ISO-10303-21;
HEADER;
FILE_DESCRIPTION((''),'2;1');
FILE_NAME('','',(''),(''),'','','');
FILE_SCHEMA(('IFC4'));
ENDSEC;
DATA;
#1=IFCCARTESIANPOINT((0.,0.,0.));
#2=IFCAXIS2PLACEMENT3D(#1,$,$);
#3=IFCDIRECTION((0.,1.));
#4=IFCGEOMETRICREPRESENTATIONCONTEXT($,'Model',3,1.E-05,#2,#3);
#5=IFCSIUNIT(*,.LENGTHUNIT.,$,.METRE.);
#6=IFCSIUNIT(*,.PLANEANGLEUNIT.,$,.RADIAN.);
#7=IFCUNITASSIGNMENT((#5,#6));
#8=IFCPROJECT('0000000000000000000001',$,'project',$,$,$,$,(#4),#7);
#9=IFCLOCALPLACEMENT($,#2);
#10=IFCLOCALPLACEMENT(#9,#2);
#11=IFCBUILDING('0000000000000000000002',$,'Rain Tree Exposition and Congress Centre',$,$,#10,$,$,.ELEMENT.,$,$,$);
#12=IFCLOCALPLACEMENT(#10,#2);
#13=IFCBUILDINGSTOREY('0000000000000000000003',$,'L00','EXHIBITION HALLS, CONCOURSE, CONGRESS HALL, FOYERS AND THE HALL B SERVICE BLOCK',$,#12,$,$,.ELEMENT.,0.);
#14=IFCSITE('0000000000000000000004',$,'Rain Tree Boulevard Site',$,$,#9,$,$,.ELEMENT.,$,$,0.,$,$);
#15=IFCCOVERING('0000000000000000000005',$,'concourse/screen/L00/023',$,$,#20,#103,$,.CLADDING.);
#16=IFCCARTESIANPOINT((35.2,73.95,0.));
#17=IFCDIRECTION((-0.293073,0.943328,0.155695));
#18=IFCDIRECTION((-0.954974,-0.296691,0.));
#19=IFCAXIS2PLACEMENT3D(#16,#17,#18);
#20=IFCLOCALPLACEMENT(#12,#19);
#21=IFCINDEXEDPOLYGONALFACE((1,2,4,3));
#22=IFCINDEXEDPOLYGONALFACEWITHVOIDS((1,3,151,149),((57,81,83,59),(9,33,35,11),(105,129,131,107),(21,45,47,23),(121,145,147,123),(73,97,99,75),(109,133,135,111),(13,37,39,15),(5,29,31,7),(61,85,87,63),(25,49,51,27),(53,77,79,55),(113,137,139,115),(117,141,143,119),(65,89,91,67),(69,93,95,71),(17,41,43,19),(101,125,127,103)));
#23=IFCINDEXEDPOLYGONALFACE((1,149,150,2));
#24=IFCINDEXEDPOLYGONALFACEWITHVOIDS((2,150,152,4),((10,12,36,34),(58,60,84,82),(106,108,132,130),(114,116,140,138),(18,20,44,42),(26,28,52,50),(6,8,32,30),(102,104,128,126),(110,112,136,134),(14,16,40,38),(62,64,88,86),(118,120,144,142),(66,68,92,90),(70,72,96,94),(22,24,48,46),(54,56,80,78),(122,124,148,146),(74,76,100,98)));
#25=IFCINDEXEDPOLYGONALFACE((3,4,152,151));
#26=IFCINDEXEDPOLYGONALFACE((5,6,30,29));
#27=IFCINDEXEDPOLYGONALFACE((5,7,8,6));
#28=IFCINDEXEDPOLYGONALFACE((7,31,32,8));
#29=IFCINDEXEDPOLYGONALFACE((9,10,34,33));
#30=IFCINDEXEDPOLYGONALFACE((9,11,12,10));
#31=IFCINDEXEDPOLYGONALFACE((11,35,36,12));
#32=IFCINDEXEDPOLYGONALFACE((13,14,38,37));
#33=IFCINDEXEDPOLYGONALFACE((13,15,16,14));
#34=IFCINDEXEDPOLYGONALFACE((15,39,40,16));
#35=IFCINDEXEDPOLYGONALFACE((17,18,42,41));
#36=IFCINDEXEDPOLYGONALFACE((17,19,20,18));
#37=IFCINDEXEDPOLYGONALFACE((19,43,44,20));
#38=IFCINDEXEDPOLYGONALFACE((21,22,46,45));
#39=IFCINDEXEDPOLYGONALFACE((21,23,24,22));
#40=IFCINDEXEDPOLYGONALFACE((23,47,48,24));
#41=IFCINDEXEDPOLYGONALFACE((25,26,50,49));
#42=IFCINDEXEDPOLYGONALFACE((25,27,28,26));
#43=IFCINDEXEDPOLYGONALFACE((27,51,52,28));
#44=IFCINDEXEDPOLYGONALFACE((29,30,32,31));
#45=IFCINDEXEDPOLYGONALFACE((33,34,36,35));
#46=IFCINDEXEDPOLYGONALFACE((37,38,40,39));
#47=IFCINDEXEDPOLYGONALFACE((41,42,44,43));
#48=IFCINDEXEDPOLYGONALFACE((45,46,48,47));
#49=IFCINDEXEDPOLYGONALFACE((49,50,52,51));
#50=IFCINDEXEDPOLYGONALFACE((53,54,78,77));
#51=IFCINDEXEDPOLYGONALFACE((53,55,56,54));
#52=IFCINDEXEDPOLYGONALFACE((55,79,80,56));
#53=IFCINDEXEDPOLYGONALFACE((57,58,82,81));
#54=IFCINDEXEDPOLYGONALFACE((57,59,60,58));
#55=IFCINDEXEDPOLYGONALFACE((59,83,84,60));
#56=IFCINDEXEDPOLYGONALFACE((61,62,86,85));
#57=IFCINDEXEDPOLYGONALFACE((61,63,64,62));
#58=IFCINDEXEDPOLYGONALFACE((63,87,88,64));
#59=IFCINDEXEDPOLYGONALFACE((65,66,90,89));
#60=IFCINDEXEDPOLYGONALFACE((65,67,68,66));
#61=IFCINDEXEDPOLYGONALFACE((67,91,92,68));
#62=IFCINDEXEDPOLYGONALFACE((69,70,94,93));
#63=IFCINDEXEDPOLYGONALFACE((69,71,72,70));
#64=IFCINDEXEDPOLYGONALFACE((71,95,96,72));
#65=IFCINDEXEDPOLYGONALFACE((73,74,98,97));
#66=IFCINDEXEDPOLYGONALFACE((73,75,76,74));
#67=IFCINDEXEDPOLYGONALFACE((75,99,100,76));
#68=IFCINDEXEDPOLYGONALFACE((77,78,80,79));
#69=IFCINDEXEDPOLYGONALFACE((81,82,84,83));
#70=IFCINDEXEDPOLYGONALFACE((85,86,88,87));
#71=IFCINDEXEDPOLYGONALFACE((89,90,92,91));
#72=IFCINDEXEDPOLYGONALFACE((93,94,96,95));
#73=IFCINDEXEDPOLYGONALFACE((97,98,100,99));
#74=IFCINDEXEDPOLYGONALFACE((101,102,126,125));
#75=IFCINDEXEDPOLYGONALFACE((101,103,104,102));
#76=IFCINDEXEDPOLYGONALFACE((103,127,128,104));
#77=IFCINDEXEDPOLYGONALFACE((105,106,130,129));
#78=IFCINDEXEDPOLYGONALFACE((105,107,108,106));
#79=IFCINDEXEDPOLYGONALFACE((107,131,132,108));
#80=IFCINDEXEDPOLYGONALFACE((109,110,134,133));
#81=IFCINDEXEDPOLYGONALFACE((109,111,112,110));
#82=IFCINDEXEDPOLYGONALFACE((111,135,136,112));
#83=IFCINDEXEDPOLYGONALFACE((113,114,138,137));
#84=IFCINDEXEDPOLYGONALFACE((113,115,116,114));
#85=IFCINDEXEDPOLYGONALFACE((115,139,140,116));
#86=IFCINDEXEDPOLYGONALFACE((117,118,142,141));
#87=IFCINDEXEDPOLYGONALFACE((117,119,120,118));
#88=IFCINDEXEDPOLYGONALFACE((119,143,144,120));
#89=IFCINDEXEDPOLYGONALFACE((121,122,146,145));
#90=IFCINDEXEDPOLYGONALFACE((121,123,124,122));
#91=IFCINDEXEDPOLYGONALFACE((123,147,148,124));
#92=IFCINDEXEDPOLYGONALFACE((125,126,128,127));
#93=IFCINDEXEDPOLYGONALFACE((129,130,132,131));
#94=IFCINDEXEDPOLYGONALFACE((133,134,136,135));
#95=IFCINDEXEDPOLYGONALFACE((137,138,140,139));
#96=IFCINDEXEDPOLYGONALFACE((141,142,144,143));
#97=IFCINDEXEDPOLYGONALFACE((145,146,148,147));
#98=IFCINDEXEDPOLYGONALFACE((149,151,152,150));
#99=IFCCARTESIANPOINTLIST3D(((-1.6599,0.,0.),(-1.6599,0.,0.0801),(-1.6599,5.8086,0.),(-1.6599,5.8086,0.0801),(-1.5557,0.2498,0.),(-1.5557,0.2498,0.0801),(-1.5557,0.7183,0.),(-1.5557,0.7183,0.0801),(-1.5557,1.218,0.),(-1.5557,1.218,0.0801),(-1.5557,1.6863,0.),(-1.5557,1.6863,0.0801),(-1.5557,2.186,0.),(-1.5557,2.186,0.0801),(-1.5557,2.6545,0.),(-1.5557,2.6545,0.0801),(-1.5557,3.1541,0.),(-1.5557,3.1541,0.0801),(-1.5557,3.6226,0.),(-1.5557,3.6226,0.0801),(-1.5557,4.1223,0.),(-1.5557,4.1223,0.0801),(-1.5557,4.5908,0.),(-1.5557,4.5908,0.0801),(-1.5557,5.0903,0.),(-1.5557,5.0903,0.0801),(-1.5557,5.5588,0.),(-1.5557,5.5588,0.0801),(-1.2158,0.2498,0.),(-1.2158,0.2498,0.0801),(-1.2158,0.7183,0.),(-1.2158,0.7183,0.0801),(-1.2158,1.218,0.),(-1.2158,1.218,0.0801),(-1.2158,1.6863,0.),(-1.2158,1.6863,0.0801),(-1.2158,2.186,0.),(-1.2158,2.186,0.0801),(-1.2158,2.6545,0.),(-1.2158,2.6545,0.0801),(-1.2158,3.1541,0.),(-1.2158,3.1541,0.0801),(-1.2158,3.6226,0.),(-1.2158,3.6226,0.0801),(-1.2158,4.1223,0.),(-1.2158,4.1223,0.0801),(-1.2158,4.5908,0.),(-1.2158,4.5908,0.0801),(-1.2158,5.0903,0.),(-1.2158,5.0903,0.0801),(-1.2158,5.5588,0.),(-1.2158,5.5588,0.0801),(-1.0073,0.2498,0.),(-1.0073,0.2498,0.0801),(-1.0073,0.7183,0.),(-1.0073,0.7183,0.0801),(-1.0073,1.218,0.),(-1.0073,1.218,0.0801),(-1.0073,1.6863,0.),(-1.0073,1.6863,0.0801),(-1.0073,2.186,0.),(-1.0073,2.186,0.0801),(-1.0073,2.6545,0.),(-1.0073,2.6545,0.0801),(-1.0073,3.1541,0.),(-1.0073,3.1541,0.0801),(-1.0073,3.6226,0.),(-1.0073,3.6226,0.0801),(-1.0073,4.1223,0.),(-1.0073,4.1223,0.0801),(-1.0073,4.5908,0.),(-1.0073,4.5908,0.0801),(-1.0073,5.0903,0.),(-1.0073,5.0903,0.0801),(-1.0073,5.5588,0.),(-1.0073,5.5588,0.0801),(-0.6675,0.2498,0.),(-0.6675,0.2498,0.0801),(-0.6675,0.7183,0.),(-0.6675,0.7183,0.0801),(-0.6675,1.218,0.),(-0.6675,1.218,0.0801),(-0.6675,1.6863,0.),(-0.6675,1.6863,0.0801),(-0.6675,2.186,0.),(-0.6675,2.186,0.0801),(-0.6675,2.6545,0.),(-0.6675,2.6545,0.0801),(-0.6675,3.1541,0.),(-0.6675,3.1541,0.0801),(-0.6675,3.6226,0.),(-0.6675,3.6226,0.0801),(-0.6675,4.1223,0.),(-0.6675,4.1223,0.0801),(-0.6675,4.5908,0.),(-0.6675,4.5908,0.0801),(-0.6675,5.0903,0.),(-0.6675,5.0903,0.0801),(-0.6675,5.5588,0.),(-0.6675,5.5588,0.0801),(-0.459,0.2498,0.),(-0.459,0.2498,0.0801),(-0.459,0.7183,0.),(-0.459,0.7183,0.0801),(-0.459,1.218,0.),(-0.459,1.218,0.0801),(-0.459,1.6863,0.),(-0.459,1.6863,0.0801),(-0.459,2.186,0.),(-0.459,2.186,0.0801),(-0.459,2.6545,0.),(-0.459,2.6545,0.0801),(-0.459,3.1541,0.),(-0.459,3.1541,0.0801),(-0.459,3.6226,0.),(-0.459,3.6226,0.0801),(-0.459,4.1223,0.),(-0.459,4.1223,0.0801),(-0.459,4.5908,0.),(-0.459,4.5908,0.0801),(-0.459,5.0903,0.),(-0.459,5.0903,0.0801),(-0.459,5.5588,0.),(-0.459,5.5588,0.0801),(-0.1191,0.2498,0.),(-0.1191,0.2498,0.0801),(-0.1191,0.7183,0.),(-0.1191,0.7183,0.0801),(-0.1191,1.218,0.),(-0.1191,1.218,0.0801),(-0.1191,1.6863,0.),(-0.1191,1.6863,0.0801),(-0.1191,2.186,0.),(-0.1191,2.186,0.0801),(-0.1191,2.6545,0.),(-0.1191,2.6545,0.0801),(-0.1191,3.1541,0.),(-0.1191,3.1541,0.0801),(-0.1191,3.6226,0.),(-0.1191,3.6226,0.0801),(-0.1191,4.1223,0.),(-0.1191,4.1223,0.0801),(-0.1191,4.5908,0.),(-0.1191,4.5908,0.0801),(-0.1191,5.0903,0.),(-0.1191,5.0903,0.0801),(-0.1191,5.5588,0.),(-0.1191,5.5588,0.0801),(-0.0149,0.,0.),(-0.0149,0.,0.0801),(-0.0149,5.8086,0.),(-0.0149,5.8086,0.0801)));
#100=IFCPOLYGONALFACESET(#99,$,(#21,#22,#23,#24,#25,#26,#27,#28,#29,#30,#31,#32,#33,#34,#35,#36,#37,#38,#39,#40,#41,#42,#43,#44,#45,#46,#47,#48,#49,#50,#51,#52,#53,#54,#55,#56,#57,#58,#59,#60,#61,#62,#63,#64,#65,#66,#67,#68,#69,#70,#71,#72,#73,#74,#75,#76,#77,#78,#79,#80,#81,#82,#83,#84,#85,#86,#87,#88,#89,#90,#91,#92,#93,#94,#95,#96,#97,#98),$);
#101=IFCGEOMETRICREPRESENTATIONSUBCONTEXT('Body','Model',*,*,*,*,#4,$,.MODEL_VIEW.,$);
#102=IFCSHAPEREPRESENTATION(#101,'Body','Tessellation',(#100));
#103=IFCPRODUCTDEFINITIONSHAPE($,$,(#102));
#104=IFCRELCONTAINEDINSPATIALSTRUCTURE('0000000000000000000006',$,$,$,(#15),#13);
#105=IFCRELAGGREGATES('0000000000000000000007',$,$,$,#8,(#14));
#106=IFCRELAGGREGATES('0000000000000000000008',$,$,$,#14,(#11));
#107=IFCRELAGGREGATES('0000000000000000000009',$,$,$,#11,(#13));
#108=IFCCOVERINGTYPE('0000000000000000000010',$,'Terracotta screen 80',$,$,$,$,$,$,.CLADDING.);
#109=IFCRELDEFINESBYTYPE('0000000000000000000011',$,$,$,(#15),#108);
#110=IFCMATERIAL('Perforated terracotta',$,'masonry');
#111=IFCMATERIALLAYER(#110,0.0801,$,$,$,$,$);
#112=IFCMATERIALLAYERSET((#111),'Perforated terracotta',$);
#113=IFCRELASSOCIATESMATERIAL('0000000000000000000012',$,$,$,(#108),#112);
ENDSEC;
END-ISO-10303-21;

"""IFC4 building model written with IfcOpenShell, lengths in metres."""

from ifc_helpers import new_model, si_unit, direction, frame, origin, place, context, subcontext, project, spatial, polyline, outline, extrude, material, layer, layer_set, type_object, element, save


model = new_model("IFC4")

# Units and contexts
model_context = context("Model", 3, precision=1e-05, world=origin(), true_north=direction((0.0, 1.0)))
body_context = subcontext(model_context, "Body", "Model", "MODEL_VIEW")
ifc_project = project(units=[si_unit("LENGTHUNIT", "METRE"), si_unit("PLANEANGLEUNIT", "RADIAN")], contexts=[model_context])

# Site, building, storey
site_placement = place(None, origin())
site = spatial("IfcSite", under=ifc_project, at=site_placement, Name="Rain Tree Boulevard Site", CompositionType="ELEMENT", RefElevation=0.0)
building_placement = place(site_placement, origin())
building = spatial("IfcBuilding", under=site, at=building_placement, Name="Rain Tree Exposition and Congress Centre", CompositionType="ELEMENT")
storey_placement = place(building_placement, origin())
storey = spatial("IfcBuildingStorey", under=building, at=storey_placement, Name="L00", Description="EXHIBITION HALLS, CONCOURSE, CONGRESS HALL, FOYERS AND THE HALL B SERVICE BLOCK", CompositionType="ELEMENT", Elevation=0.0)

# Covering
ifc_material_1 = material(Name="Perforated terracotta", Category="masonry")
ifc_layer_1 = layer(ifc_material_1, 0.0801)
ifc_layer_set_1 = layer_set([ifc_layer_1], Name="Perforated terracotta")
covering_type = type_object("IfcCoveringType", Name="Terracotta screen 80", PredefinedType="CLADDING", material=ifc_layer_set_1)
covering_1_placement = place(storey_placement, frame((35.2, 73.95, 0.0), z_axis=(-0.293073, 0.943328, 0.155695), x_axis=(-0.954974, -0.296691, 0.0)))
element("IfcCovering", 1, at=covering_1_placement, inside=storey, type_object=covering_type, Name="concourse/screen/L00/023", PredefinedType="CLADDING", context=body_context, shape_type="SweptSolid", body=[
    extrude(outline(polyline([(-0.0149, 0.0), (-1.6599, 0.0), (-1.6599, 5.8086), (-0.0149, 5.8086), (-0.0149, 0.0)]), holes=[polyline([(-0.1191, 0.2498), (-0.1191, 0.7183), (-0.459, 0.7183), (-0.459, 0.2498), (-0.1191, 0.2498)]), polyline([(-0.1191, 1.218), (-0.1191, 1.6863), (-0.459, 1.6863), (-0.459, 1.218), (-0.1191, 1.218)]), polyline([(-0.1191, 2.186), (-0.1191, 2.6545), (-0.459, 2.6545), (-0.459, 2.186), (-0.1191, 2.186)]), polyline([(-0.1191, 3.1541), (-0.1191, 3.6226), (-0.459, 3.6226), (-0.459, 3.1541), (-0.1191, 3.1541)]), polyline([(-0.1191, 4.1223), (-0.1191, 4.5908), (-0.459, 4.5908), (-0.459, 4.1223), (-0.1191, 4.1223)]), polyline([(-0.1191, 5.0903), (-0.1191, 5.5588), (-0.459, 5.5588), (-0.459, 5.0903), (-0.1191, 5.0903)]), polyline([(-0.6675, 0.2498), (-0.6675, 0.7183), (-1.0073, 0.7183), (-1.0073, 0.2498), (-0.6675, 0.2498)]), polyline([(-0.6675, 1.218), (-0.6675, 1.6863), (-1.0073, 1.6863), (-1.0073, 1.218), (-0.6675, 1.218)]), polyline([(-0.6675, 2.186), (-0.6675, 2.6545), (-1.0073, 2.6545), (-1.0073, 2.186), (-0.6675, 2.186)]), polyline([(-0.6675, 3.1541), (-0.6675, 3.6226), (-1.0073, 3.6226), (-1.0073, 3.1541), (-0.6675, 3.1541)]), polyline([(-0.6675, 4.1223), (-0.6675, 4.5908), (-1.0073, 4.5908), (-1.0073, 4.1223), (-0.6675, 4.1223)]), polyline([(-0.6675, 5.0903), (-0.6675, 5.5588), (-1.0073, 5.5588), (-1.0073, 5.0903), (-0.6675, 5.0903)]), polyline([(-1.2158, 0.2498), (-1.2158, 0.7183), (-1.5557, 0.7183), (-1.5557, 0.2498), (-1.2158, 0.2498)]), polyline([(-1.2158, 1.218), (-1.2158, 1.6863), (-1.5557, 1.6863), (-1.5557, 1.218), (-1.2158, 1.218)]), polyline([(-1.2158, 2.186), (-1.2158, 2.6545), (-1.5557, 2.6545), (-1.5557, 2.186), (-1.2158, 2.186)]), polyline([(-1.2158, 3.1541), (-1.2158, 3.6226), (-1.5557, 3.6226), (-1.5557, 3.1541), (-1.2158, 3.1541)]), polyline([(-1.2158, 4.1223), (-1.2158, 4.5908), (-1.5557, 4.5908), (-1.5557, 4.1223), (-1.2158, 4.1223)]), polyline([(-1.2158, 5.0903), (-1.2158, 5.5588), (-1.5557, 5.5588), (-1.5557, 5.0903), (-1.2158, 5.0903)])]), origin(), (0.0, 0.0, 1.0), 0.0801),
])

save(model, "model.ifc")
